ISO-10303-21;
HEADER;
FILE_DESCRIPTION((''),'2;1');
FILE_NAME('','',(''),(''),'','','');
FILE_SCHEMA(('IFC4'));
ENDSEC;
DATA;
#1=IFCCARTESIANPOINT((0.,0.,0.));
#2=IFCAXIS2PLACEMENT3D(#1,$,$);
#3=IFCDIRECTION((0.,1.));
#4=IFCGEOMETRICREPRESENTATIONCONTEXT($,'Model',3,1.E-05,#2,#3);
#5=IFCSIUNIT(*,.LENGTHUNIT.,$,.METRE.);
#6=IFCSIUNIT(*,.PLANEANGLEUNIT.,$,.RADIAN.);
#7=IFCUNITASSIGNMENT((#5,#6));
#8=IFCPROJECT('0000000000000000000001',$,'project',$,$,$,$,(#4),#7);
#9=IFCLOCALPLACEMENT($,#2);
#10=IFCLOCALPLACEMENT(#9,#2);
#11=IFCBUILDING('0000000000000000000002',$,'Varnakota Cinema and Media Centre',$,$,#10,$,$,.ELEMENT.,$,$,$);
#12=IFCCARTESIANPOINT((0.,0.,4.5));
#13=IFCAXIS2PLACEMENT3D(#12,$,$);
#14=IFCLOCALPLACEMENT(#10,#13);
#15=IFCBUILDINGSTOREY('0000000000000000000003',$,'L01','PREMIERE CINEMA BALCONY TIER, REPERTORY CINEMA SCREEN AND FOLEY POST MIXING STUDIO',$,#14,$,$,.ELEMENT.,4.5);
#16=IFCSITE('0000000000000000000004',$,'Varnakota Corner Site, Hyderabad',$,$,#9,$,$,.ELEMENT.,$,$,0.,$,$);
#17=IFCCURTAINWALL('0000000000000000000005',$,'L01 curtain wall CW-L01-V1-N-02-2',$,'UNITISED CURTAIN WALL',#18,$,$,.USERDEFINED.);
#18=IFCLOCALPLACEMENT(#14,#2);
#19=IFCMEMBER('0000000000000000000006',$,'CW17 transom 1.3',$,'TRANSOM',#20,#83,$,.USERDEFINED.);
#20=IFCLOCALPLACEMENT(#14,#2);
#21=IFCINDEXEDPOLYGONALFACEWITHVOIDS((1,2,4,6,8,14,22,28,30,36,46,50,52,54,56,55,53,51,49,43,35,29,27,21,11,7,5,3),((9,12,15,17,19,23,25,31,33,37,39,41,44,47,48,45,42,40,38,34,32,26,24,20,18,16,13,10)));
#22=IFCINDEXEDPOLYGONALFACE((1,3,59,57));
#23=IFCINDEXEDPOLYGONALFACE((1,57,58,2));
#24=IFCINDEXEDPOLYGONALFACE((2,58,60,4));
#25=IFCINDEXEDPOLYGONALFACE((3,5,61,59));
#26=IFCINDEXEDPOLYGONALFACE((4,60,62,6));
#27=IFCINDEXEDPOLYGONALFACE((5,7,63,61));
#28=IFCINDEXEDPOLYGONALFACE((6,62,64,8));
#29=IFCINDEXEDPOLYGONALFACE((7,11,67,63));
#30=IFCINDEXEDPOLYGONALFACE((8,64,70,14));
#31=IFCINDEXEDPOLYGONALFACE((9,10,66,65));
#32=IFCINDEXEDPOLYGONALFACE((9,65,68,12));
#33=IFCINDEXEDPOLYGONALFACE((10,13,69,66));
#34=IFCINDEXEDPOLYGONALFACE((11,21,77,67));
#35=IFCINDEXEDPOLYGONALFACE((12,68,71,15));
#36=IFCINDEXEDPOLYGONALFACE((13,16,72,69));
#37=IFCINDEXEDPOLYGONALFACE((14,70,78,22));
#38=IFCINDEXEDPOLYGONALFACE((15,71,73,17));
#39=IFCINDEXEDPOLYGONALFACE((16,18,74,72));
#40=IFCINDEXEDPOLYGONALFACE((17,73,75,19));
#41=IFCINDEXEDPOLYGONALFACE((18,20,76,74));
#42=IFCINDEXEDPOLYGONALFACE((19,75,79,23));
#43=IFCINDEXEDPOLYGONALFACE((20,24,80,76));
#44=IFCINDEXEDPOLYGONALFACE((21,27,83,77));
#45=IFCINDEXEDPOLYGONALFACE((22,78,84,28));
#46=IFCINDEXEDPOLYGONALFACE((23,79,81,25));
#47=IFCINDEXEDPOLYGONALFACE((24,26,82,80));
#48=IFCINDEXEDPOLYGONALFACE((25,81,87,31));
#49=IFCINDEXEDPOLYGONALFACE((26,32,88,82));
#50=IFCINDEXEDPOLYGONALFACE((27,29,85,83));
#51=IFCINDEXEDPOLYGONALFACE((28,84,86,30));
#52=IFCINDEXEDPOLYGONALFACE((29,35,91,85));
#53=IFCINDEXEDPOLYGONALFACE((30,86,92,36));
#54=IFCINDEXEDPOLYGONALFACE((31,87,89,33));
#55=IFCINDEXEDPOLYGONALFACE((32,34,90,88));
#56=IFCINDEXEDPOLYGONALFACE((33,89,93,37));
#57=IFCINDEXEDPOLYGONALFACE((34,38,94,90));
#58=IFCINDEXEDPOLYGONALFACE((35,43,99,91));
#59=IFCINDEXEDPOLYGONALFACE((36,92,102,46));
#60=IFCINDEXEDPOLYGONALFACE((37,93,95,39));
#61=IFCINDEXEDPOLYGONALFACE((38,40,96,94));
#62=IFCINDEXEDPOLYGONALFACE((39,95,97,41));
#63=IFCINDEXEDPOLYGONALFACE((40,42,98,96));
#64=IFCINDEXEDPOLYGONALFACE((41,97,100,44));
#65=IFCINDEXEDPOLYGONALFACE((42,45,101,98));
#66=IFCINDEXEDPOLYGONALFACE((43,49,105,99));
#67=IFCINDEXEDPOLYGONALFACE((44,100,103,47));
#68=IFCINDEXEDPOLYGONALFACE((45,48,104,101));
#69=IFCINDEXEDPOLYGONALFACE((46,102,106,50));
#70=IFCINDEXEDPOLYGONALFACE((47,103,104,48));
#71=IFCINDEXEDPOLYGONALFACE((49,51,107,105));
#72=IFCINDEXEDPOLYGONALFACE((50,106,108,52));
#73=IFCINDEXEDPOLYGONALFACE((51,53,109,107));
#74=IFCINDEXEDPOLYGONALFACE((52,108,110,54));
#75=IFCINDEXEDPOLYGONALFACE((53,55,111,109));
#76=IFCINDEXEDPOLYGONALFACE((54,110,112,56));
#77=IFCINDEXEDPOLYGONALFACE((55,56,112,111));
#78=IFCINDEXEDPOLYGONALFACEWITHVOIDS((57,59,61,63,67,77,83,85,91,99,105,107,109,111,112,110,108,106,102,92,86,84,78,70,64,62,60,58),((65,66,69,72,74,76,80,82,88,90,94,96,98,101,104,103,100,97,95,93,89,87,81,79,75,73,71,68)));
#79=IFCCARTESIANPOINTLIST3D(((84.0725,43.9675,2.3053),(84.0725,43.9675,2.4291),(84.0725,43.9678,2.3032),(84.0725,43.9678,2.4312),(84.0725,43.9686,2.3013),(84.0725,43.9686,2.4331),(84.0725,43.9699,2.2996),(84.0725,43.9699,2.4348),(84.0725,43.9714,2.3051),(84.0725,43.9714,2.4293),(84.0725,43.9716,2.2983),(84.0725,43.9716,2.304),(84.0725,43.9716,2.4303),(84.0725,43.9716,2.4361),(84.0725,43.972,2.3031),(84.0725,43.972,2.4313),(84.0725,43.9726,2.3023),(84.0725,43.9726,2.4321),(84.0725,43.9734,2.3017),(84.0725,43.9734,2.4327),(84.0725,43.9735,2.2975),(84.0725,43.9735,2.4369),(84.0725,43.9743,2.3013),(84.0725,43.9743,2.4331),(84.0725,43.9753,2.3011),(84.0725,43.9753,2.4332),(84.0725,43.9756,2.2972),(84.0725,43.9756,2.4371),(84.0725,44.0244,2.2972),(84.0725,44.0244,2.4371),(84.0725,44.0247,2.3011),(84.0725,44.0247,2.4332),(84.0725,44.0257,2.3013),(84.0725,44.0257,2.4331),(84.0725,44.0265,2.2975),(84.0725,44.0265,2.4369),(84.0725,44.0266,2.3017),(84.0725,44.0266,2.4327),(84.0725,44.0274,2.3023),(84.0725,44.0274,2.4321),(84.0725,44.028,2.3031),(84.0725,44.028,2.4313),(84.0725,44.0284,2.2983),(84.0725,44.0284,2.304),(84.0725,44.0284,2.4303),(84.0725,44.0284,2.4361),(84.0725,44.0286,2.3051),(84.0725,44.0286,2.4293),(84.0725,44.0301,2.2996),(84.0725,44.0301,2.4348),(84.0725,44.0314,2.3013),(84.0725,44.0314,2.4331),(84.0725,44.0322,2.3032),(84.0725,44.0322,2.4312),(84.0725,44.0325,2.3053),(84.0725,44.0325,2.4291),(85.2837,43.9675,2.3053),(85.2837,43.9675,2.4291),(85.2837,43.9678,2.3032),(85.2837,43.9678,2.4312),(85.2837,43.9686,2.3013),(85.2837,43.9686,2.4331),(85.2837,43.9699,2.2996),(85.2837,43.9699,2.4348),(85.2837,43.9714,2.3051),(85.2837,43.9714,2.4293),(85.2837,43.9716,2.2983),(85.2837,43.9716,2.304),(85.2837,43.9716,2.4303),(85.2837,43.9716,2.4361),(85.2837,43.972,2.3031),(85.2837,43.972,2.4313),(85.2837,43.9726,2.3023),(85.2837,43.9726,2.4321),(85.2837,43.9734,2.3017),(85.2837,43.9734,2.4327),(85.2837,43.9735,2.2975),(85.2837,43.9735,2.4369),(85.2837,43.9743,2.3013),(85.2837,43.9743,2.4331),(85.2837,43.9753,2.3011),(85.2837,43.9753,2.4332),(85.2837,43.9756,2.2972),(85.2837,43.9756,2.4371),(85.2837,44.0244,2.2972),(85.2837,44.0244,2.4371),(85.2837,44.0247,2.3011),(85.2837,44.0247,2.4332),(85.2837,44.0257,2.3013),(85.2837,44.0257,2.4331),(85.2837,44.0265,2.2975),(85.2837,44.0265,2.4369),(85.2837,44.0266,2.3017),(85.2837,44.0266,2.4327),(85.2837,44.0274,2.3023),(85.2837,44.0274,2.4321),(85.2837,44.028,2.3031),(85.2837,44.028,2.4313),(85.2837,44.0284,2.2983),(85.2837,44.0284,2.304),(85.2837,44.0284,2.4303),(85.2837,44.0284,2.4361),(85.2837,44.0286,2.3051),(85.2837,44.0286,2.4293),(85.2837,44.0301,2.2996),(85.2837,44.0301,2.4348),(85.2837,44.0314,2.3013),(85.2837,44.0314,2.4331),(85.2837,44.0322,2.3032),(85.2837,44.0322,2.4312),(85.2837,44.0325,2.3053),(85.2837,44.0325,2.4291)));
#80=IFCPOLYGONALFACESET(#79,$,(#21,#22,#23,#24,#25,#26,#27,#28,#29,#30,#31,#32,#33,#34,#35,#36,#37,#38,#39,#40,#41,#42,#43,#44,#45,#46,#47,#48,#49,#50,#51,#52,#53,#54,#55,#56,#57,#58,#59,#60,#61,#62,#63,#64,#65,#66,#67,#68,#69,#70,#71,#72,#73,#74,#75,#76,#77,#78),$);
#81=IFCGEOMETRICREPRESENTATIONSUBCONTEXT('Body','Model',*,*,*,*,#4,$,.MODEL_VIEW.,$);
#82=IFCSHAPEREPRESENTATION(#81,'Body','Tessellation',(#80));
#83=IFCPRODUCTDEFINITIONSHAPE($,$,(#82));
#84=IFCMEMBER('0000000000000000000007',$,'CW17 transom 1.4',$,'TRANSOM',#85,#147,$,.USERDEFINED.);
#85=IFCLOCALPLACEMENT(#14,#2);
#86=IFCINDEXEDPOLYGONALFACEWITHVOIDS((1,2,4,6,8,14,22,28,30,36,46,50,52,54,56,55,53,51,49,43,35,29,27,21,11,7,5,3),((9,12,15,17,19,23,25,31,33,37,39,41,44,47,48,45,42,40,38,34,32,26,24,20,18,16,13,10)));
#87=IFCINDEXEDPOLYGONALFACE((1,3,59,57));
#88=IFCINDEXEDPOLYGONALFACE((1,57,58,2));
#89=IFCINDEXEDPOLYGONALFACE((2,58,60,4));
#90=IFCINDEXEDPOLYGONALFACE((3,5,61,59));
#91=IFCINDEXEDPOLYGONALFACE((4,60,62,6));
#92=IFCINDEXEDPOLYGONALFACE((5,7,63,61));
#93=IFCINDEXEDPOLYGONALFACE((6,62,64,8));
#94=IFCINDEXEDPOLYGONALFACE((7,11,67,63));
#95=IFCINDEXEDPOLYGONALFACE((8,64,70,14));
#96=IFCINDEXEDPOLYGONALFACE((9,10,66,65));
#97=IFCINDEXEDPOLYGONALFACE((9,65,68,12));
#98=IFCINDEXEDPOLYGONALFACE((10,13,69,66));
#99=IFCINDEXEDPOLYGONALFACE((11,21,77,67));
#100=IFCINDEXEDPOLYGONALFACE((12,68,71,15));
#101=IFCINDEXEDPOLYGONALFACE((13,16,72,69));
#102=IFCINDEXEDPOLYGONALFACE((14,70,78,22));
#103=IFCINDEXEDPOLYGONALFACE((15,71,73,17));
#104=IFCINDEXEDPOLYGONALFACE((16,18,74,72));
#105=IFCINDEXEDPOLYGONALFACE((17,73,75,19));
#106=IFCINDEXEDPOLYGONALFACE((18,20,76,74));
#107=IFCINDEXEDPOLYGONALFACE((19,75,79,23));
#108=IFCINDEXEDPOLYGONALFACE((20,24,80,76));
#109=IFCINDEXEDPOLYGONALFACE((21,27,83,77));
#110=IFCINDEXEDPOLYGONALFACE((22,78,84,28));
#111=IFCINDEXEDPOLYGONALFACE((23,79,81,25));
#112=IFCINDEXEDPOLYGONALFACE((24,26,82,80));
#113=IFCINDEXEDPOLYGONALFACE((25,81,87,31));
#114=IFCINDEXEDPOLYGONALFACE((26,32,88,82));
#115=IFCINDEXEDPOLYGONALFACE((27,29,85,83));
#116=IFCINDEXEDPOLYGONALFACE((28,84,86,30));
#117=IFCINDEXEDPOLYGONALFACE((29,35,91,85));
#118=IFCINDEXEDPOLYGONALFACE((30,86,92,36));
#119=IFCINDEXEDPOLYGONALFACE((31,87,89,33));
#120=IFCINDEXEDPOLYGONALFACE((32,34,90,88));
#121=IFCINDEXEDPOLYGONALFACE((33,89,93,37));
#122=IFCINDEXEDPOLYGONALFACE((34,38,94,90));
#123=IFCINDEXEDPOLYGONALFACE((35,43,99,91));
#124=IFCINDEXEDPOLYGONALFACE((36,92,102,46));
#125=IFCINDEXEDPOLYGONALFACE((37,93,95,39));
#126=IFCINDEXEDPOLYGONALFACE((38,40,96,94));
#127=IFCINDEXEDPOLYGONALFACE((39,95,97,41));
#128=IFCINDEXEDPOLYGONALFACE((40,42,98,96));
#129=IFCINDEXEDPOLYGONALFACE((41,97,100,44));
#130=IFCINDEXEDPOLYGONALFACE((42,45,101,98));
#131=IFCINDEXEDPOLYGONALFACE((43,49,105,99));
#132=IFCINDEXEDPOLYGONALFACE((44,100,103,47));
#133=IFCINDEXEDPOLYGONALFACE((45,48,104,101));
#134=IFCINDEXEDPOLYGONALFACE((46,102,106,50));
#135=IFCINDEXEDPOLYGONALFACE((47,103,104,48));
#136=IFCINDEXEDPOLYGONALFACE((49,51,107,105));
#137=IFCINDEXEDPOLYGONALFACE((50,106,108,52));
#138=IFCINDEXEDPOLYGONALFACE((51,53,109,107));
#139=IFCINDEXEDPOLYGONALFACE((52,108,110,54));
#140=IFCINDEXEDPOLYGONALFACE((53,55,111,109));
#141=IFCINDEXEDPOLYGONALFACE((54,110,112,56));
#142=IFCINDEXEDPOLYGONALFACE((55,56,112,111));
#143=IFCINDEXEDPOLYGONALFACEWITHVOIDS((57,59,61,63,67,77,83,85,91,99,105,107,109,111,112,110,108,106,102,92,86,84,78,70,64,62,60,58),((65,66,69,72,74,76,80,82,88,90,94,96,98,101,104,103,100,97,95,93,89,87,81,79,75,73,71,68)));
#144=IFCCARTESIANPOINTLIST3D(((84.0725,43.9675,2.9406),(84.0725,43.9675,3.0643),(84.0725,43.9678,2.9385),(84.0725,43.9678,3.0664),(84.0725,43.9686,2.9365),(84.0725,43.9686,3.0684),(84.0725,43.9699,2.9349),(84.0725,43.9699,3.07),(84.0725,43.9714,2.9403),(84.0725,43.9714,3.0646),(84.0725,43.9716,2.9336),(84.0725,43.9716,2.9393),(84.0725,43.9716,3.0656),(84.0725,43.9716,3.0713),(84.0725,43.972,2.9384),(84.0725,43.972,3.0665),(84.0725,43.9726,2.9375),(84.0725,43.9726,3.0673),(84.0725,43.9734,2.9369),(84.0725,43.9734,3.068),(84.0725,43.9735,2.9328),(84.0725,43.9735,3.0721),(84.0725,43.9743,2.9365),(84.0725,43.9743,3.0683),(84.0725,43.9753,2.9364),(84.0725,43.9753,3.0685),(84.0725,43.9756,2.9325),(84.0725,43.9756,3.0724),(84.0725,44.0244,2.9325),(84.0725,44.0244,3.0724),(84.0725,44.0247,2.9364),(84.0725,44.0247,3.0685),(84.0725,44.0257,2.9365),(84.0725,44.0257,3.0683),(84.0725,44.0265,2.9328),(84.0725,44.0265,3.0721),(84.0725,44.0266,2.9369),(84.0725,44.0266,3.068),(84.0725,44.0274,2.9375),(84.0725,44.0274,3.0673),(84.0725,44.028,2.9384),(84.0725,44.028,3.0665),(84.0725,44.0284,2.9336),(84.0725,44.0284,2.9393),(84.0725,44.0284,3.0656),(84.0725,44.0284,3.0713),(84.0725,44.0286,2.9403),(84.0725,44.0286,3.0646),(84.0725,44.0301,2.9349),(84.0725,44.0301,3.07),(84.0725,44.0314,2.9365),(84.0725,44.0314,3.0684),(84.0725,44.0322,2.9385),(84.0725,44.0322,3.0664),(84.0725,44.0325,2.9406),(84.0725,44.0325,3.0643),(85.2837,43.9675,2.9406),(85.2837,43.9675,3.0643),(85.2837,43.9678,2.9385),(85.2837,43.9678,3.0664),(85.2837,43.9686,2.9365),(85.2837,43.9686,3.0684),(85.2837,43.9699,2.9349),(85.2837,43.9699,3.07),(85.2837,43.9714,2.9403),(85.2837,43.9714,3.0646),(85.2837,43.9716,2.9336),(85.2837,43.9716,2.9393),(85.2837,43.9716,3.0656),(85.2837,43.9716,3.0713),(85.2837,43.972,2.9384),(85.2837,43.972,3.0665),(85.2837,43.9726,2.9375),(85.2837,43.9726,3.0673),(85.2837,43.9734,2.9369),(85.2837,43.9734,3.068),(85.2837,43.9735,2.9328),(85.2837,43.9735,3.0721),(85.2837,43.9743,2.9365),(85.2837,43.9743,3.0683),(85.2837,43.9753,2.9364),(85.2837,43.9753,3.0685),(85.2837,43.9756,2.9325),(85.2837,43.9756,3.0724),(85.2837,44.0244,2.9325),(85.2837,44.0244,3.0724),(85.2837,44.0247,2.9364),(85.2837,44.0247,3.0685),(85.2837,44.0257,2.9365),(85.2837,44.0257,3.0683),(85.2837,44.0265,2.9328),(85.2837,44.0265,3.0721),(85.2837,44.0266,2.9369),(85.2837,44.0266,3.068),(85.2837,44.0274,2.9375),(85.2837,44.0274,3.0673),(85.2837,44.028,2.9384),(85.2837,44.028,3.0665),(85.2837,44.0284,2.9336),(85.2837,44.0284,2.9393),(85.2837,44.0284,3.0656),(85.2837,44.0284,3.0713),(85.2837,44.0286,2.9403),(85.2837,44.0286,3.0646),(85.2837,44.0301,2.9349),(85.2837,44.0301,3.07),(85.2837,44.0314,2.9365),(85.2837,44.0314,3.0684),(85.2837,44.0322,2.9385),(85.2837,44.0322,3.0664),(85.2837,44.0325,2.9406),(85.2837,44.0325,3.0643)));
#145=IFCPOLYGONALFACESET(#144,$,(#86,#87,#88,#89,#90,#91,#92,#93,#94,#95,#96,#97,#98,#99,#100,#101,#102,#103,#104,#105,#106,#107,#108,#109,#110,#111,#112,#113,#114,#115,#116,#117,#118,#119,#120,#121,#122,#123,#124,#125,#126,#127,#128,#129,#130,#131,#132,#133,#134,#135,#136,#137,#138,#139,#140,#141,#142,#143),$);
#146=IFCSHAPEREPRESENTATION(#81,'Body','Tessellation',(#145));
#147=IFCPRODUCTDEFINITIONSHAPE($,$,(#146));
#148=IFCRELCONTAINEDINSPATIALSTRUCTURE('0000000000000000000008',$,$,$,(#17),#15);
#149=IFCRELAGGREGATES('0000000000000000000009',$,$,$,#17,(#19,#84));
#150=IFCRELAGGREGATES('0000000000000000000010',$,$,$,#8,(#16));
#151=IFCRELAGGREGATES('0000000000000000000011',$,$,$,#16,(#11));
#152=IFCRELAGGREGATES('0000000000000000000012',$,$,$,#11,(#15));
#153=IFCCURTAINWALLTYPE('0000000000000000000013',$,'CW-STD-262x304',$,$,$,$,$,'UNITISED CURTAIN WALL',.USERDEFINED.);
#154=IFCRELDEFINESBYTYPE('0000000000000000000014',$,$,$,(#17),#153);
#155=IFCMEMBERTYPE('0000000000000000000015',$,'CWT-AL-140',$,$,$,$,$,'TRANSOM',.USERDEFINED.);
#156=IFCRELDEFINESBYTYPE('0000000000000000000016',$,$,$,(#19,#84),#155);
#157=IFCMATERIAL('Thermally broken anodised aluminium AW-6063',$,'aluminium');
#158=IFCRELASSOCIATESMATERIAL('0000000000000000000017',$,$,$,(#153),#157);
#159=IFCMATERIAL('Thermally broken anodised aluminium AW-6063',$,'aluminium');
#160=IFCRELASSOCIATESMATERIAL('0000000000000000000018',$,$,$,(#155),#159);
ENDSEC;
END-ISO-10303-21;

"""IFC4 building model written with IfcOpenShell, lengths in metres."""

from ifc_helpers import new_model, si_unit, direction, frame, origin, origin_2d, place, context, subcontext, project, spatial, hollow_rectangle, extrude, material, material_profile, profile_set, type_object, element, aggregate, save


model = new_model("IFC4")

# Units and contexts
model_context = context("Model", 3, precision=1e-05, world=origin(), true_north=direction((0.0, 1.0)))
body_context = subcontext(model_context, "Body", "Model", "MODEL_VIEW")
ifc_project = project(units=[si_unit("LENGTHUNIT", "METRE"), si_unit("PLANEANGLEUNIT", "RADIAN")], contexts=[model_context])

# Site, building, storey
site_placement = place(None, origin())
site = spatial("IfcSite", under=ifc_project, at=site_placement, Name="Varnakota Corner Site, Hyderabad", CompositionType="ELEMENT", RefElevation=0.0)
building_placement = place(site_placement, origin())
building = spatial("IfcBuilding", under=site, at=building_placement, Name="Varnakota Cinema and Media Centre", CompositionType="ELEMENT")
storey_placement = place(building_placement, frame((0.0, 0.0, 4.5)))
storey = spatial("IfcBuildingStorey", under=building, at=storey_placement, Name="L01", Description="PREMIERE CINEMA BALCONY TIER, REPERTORY CINEMA SCREEN AND FOLEY POST MIXING STUDIO", CompositionType="ELEMENT", Elevation=4.5)

# Curtain wall
ifc_material_1 = material(Name="Thermally broken anodised aluminium AW-6063", Category="aluminium")
curtain_wall_type = type_object("IfcCurtainWallType", Name="CW-STD-262x304", ElementType="UNITISED CURTAIN WALL", PredefinedType="USERDEFINED", material=ifc_material_1)
curtain_wall_1_placement = place(storey_placement, origin())
curtain_wall_1 = element("IfcCurtainWall", 1, at=curtain_wall_1_placement, inside=storey, type_object=curtain_wall_type, Name="L01 curtain wall CW-L01-V1-N-02-2", ObjectType="UNITISED CURTAIN WALL", PredefinedType="USERDEFINED")

# Members
ifc_material_2 = material(Name="Thermally broken anodised aluminium AW-6063", Category="aluminium")
ifc_material_profile_1 = material_profile(ifc_material_2, hollow_rectangle(XDim=0.0649, YDim=0.1399, WallThickness=0.0039, InnerFilletRadius=0.0039, OuterFilletRadius=0.0081, at=origin_2d()), Name="AL-TRANSOM 140x65x4")
ifc_profile_set_1 = profile_set([ifc_material_profile_1], Name="Thermally broken anodised aluminium AW-6063")
member_type_1 = type_object("IfcMemberType", Name="CWT-AL-140", ElementType="TRANSOM", PredefinedType="USERDEFINED", material=ifc_profile_set_1)
member_1_placement = place(storey_placement, frame((84.0725, 44.0, 2.3672), z_axis=(1.0, 0.0, 0.0), x_axis=(0.0, 1.0, 0.0)))
member_1 = element("IfcMember", 2, at=member_1_placement, type_object=member_type_1, Name="CW17 transom 1.3", ObjectType="TRANSOM", PredefinedType="USERDEFINED", context=body_context, shape_type="SweptSolid", body=[
    extrude(hollow_rectangle(XDim=0.0649, YDim=0.1399, WallThickness=0.0039, InnerFilletRadius=0.0039, OuterFilletRadius=0.0081, at=origin_2d()), origin(), (0.0, 0.0, 1.0), 1.2112),
])
member_2_placement = place(storey_placement, frame((84.0725, 44.0, 3.0024), z_axis=(1.0, 0.0, 0.0), x_axis=(0.0, 1.0, 0.0)))
member_2 = element("IfcMember", 3, at=member_2_placement, type_object=member_type_1, Name="CW17 transom 1.4", ObjectType="TRANSOM", PredefinedType="USERDEFINED", context=body_context, shape_type="SweptSolid", body=[
    extrude(hollow_rectangle(XDim=0.0649, YDim=0.1399, WallThickness=0.0039, InnerFilletRadius=0.0039, OuterFilletRadius=0.0081, at=origin_2d()), origin(), (0.0, 0.0, 1.0), 1.2112),
])

aggregate(curtain_wall_1, [member_1, member_2])

save(model, "model.ifc")
